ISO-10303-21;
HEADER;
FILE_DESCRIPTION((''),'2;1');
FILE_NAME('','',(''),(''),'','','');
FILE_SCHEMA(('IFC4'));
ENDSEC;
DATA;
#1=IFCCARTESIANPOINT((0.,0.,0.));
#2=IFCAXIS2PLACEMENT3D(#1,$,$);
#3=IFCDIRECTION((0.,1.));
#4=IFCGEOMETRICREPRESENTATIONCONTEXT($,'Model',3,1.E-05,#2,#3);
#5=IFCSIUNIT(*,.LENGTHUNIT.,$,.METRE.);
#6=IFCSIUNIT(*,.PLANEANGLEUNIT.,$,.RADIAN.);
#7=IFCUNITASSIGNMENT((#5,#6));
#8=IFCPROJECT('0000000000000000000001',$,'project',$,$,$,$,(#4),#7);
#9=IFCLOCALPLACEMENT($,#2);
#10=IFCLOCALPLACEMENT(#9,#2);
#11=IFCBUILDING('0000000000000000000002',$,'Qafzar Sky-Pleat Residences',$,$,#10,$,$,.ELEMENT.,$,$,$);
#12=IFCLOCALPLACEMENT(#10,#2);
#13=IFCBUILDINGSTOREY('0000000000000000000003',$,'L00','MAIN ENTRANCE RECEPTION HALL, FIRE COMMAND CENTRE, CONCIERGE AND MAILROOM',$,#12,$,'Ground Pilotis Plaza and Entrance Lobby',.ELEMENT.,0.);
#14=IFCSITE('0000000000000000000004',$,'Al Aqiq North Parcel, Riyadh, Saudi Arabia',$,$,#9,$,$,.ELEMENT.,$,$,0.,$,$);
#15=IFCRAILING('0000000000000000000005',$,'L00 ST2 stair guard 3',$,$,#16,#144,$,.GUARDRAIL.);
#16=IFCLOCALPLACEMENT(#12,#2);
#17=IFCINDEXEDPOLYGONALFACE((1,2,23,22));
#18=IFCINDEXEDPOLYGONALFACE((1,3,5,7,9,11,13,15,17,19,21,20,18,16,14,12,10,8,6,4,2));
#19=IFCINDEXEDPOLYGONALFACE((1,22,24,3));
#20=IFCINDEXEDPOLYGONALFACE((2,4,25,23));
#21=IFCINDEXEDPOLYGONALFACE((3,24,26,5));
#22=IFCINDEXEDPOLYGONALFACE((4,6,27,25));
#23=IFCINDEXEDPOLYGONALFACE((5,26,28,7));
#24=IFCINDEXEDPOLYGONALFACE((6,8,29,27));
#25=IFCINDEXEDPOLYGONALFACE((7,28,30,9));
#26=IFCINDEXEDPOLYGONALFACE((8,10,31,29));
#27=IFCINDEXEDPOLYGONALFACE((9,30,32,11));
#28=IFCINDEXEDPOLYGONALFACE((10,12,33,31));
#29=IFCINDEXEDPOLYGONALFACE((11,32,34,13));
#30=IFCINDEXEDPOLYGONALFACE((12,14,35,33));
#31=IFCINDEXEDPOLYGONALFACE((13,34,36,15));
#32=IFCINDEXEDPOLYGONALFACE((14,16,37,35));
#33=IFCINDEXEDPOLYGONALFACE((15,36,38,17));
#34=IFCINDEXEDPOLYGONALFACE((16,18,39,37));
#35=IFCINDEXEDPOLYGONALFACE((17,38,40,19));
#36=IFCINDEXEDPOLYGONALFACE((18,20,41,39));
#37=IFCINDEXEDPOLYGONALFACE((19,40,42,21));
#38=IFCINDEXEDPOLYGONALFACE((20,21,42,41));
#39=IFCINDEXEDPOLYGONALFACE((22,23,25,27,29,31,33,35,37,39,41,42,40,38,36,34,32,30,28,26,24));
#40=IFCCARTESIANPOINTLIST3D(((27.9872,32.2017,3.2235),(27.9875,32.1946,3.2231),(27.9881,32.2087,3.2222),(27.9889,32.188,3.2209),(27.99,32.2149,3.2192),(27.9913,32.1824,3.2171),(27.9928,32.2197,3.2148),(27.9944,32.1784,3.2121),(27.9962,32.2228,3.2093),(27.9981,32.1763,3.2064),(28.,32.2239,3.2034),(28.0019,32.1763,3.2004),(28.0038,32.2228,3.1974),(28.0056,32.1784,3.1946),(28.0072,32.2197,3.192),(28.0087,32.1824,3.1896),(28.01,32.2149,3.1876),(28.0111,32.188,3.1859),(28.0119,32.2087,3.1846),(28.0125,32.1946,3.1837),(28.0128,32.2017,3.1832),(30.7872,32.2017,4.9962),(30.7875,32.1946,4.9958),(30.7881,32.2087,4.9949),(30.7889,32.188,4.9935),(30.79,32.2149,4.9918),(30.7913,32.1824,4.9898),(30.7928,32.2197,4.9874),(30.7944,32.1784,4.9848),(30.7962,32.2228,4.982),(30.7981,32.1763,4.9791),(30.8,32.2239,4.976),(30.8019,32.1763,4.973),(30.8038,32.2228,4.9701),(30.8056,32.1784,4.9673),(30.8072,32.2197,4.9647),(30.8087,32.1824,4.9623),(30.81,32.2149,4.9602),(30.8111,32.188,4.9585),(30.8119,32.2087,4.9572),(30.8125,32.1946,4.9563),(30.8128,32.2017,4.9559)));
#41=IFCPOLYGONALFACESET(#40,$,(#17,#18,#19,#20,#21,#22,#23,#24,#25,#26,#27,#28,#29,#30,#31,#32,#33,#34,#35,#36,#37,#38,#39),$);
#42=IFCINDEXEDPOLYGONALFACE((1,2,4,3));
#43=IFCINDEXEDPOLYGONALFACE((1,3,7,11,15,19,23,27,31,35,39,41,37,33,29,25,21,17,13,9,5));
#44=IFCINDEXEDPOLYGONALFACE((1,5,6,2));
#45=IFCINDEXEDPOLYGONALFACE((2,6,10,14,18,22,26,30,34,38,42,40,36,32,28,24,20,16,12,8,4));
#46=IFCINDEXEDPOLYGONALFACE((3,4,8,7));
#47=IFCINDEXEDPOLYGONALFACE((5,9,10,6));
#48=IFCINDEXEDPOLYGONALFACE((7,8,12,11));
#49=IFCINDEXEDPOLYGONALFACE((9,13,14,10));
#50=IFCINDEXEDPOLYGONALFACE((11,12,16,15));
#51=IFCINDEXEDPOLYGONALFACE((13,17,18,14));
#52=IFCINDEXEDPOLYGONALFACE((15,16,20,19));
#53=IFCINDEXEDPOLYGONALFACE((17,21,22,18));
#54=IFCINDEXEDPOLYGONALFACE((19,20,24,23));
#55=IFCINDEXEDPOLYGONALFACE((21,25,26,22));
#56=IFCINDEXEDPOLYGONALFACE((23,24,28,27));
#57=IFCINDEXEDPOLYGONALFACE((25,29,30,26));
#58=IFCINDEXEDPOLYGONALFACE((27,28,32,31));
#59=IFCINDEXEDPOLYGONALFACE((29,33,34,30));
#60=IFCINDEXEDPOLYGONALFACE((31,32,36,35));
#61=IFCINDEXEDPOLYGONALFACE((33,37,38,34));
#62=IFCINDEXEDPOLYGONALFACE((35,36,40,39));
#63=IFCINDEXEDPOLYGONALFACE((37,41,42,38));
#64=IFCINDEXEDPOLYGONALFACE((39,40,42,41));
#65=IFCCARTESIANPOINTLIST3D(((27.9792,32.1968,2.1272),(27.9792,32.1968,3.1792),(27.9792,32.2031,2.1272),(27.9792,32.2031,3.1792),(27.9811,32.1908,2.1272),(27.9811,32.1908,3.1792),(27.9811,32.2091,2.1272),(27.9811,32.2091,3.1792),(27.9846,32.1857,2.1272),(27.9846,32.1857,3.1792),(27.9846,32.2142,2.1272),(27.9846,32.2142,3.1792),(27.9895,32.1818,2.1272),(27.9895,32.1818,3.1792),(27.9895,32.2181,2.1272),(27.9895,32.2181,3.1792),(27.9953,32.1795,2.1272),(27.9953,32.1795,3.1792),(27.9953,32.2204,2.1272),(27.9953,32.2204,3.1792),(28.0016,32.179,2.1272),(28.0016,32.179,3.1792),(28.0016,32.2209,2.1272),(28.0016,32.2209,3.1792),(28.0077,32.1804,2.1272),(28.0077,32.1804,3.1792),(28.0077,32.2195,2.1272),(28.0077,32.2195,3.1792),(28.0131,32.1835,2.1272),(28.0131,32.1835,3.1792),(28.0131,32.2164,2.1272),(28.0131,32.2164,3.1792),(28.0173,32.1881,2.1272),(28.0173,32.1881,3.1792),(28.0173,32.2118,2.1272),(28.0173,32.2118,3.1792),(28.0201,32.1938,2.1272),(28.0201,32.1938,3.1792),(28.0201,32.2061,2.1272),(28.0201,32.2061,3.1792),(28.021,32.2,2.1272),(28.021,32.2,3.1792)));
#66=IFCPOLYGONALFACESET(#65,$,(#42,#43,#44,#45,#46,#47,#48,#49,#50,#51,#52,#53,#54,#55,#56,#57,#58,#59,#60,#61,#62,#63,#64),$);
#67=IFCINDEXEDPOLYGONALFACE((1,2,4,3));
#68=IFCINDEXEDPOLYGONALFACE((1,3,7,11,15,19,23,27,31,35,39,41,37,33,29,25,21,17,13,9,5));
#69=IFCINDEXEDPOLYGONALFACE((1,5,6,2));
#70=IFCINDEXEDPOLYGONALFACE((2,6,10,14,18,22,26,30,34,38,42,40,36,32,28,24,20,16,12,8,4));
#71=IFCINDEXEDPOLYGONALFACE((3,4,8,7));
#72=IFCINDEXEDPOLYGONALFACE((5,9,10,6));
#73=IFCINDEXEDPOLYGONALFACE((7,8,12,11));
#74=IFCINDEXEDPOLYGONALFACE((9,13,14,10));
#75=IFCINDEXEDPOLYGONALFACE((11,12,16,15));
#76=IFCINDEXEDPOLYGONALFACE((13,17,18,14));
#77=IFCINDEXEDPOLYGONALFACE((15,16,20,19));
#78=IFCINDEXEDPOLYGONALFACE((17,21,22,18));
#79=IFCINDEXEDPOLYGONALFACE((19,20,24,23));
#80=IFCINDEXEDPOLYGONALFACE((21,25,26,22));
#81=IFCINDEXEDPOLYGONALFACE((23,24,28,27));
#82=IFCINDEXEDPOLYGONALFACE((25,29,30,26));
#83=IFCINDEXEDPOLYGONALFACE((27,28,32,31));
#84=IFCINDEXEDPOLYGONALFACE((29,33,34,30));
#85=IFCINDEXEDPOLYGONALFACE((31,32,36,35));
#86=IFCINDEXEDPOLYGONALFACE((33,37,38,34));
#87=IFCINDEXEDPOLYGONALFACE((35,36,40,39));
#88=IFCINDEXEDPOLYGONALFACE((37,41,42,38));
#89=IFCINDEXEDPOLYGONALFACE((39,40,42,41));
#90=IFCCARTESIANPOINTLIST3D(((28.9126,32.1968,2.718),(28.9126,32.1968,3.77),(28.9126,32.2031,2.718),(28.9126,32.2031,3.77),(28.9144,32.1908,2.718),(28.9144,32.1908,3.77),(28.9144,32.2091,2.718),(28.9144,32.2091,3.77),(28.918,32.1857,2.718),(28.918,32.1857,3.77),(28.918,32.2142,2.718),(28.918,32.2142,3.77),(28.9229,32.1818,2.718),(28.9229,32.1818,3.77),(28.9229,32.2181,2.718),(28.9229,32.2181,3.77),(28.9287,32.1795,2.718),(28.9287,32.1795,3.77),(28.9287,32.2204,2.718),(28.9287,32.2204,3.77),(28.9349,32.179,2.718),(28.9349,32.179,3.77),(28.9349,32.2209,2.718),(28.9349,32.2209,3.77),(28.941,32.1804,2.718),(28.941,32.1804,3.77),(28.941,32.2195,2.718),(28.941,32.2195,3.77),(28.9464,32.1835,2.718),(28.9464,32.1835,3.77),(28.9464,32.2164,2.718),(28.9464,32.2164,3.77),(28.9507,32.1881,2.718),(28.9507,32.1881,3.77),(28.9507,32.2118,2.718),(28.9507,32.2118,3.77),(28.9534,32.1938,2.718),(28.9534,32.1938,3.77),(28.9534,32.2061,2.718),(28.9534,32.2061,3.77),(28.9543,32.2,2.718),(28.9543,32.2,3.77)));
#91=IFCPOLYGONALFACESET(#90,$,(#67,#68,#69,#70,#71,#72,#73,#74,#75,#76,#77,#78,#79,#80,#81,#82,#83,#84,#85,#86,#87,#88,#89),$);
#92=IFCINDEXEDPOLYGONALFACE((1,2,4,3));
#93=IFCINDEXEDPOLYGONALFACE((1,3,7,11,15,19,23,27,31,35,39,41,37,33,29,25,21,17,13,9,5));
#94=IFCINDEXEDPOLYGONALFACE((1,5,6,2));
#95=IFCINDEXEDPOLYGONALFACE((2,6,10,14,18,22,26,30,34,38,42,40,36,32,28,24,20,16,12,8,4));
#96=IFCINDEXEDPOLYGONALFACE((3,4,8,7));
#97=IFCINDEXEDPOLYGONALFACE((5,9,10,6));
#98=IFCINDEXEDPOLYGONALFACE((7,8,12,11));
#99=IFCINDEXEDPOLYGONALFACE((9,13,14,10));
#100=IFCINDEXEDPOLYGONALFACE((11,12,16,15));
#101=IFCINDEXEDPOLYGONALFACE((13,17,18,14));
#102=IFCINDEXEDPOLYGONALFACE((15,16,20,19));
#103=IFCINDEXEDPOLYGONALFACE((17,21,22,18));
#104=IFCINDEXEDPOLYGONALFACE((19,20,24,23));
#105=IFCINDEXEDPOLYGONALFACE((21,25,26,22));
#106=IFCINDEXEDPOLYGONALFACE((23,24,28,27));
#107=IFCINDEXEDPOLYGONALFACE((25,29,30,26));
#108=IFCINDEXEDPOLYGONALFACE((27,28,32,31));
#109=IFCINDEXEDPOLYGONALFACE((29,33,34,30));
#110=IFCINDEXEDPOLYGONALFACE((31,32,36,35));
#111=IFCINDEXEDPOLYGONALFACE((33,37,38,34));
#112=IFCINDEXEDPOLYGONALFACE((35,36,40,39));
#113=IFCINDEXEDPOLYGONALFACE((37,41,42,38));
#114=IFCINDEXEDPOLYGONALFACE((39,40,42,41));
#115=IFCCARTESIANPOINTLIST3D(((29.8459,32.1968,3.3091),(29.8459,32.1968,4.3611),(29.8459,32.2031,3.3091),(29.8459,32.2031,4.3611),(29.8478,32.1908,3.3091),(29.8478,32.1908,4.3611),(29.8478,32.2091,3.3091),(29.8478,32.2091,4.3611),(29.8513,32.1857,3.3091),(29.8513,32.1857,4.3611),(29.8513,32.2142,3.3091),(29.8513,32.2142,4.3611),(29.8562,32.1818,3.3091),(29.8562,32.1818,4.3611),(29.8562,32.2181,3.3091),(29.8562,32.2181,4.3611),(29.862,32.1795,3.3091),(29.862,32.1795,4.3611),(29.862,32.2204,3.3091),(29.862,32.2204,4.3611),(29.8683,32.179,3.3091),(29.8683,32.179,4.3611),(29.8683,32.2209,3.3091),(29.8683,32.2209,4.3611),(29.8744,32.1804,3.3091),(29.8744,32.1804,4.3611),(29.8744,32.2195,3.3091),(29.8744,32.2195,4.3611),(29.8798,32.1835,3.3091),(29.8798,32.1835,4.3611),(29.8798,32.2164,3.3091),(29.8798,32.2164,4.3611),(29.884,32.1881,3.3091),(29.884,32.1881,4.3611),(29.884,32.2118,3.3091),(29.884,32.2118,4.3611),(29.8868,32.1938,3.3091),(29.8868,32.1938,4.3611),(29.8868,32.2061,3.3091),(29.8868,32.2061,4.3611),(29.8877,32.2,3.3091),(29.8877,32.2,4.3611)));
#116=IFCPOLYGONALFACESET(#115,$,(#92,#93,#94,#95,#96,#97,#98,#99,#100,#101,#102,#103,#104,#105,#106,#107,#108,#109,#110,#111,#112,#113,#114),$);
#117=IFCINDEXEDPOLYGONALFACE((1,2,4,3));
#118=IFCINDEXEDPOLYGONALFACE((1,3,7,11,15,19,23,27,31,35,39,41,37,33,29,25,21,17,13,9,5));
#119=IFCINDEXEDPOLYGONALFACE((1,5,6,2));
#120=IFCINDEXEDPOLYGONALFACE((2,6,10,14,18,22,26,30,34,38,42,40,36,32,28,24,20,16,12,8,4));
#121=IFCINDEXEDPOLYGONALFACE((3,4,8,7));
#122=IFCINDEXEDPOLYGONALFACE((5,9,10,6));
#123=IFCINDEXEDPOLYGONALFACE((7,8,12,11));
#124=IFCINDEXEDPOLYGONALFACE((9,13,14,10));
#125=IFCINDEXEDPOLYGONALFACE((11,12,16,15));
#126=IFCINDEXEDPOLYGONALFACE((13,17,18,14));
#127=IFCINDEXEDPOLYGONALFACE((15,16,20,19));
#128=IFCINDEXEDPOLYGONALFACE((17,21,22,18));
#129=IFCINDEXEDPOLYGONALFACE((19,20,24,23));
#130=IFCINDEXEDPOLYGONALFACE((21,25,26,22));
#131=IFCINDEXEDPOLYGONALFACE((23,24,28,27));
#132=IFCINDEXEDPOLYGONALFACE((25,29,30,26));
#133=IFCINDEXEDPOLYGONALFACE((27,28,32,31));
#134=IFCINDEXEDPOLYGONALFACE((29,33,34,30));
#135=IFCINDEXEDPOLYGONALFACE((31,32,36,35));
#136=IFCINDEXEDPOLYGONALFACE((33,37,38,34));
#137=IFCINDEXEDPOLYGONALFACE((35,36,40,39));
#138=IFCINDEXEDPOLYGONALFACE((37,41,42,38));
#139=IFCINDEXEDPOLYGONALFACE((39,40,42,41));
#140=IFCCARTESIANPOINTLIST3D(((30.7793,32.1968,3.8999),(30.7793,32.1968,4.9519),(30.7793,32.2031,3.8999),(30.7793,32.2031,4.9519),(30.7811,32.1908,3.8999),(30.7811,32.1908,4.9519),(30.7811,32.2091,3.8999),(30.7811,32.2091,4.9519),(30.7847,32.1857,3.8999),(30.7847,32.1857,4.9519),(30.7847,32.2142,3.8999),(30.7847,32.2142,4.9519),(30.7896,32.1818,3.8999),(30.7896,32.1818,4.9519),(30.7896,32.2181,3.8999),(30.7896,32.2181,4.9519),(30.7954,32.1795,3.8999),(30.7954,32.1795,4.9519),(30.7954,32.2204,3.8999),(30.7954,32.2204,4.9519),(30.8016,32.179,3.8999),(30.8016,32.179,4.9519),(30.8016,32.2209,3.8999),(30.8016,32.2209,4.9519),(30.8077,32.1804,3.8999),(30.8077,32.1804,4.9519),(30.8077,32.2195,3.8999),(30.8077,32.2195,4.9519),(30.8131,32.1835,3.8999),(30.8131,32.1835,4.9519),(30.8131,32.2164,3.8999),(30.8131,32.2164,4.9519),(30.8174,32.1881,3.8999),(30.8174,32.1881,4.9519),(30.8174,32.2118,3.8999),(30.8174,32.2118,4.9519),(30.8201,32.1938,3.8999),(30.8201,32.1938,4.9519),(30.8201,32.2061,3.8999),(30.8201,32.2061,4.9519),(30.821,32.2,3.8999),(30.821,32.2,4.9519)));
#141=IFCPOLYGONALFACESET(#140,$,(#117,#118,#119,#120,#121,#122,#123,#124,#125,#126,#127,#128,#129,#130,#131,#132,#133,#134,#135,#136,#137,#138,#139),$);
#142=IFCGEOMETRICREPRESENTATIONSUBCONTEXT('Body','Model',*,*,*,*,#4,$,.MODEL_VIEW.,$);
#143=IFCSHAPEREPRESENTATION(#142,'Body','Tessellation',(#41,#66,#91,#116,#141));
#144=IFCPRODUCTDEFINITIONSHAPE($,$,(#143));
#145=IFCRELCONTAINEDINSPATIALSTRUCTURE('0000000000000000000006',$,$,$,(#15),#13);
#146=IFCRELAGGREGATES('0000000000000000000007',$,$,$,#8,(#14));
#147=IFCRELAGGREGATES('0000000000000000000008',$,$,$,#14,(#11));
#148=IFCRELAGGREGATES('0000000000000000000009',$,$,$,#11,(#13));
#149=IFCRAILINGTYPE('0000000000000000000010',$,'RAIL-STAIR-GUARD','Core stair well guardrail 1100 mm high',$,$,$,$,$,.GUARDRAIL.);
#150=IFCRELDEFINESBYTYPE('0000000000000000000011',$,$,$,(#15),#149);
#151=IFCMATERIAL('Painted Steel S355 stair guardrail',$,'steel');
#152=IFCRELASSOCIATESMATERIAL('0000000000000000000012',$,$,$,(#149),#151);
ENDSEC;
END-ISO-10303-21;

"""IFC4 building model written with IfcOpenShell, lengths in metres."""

from ifc_helpers import new_model, si_unit, direction, frame, origin, origin_2d, place, context, subcontext, project, spatial, circle, extrude, source, transform, mapped, material, type_object, element, save


model = new_model("IFC4")

# Units and contexts
model_context = context("Model", 3, precision=1e-05, world=origin(), true_north=direction((0.0, 1.0)))
body_context = subcontext(model_context, "Body", "Model", "MODEL_VIEW")
ifc_project = project(units=[si_unit("LENGTHUNIT", "METRE"), si_unit("PLANEANGLEUNIT", "RADIAN")], contexts=[model_context])

# Site, building, storey
site_placement = place(None, origin())
site = spatial("IfcSite", under=ifc_project, at=site_placement, Name="Al Aqiq North Parcel, Riyadh, Saudi Arabia", CompositionType="ELEMENT", RefElevation=0.0)
building_placement = place(site_placement, origin())
building = spatial("IfcBuilding", under=site, at=building_placement, Name="Qafzar Sky-Pleat Residences", CompositionType="ELEMENT")
storey_placement = place(building_placement, origin())
storey = spatial("IfcBuildingStorey", under=building, at=storey_placement, Name="L00", Description="MAIN ENTRANCE RECEPTION HALL, FIRE COMMAND CENTRE, CONCIERGE AND MAILROOM", LongName="Ground Pilotis Plaza and Entrance Lobby", CompositionType="ELEMENT", Elevation=0.0)

# Railing
ifc_material_1 = material(Name="Painted Steel S355 stair guardrail", Category="steel")
railing_type_1 = type_object("IfcRailingType", Name="RAIL-STAIR-GUARD", Description="Core stair well guardrail 1100 mm high", PredefinedType="GUARDRAIL", material=ifc_material_1)
shared_shape_1 = source(origin(), body_context, "Body", "SweptSolid", [
    extrude(circle(Radius=0.0239, at=origin_2d()), frame((0.0, 0.0, 1.0762), z_axis=(0.844909, 0.0, 0.53491), x_axis=(0.0, 1.0, 0.0)), (0.0, 0.0, 1.0), 3.314),
    extrude(circle(Radius=0.021, at=origin_2d()), origin(), (0.0, 0.0, 1.0), 1.052),
    extrude(circle(Radius=0.021, at=origin_2d()), frame((0.9333, 0.0, 0.5908)), (0.0, 0.0, 1.0), 1.052),
    extrude(circle(Radius=0.021, at=origin_2d()), frame((1.8667, 0.0, 1.1819)), (0.0, 0.0, 1.0), 1.052),
    extrude(circle(Radius=0.021, at=origin_2d()), frame((2.8, 0.0, 1.7727)), (0.0, 0.0, 1.0), 1.052),
])
for number, where, name in (
    (1, (28.0, 32.2, 2.1272), "L00 ST2 stair guard 3"),
):
    element("IfcRailing", number, at=place(storey_placement, frame(where)), inside=storey, type_object=railing_type_1, Name=name, PredefinedType="GUARDRAIL", context=body_context, shape_type="MappedRepresentation", body=[
        mapped(shared_shape_1, transform((0.0, 0.0, 0.0), x_axis=(1.0, 0.0, 0.0), y_axis=(0.0, 1.0, 0.0), z_axis=(0.0, 0.0, 1.0), scale=1.0)),
    ])

save(model, "model.ifc")
